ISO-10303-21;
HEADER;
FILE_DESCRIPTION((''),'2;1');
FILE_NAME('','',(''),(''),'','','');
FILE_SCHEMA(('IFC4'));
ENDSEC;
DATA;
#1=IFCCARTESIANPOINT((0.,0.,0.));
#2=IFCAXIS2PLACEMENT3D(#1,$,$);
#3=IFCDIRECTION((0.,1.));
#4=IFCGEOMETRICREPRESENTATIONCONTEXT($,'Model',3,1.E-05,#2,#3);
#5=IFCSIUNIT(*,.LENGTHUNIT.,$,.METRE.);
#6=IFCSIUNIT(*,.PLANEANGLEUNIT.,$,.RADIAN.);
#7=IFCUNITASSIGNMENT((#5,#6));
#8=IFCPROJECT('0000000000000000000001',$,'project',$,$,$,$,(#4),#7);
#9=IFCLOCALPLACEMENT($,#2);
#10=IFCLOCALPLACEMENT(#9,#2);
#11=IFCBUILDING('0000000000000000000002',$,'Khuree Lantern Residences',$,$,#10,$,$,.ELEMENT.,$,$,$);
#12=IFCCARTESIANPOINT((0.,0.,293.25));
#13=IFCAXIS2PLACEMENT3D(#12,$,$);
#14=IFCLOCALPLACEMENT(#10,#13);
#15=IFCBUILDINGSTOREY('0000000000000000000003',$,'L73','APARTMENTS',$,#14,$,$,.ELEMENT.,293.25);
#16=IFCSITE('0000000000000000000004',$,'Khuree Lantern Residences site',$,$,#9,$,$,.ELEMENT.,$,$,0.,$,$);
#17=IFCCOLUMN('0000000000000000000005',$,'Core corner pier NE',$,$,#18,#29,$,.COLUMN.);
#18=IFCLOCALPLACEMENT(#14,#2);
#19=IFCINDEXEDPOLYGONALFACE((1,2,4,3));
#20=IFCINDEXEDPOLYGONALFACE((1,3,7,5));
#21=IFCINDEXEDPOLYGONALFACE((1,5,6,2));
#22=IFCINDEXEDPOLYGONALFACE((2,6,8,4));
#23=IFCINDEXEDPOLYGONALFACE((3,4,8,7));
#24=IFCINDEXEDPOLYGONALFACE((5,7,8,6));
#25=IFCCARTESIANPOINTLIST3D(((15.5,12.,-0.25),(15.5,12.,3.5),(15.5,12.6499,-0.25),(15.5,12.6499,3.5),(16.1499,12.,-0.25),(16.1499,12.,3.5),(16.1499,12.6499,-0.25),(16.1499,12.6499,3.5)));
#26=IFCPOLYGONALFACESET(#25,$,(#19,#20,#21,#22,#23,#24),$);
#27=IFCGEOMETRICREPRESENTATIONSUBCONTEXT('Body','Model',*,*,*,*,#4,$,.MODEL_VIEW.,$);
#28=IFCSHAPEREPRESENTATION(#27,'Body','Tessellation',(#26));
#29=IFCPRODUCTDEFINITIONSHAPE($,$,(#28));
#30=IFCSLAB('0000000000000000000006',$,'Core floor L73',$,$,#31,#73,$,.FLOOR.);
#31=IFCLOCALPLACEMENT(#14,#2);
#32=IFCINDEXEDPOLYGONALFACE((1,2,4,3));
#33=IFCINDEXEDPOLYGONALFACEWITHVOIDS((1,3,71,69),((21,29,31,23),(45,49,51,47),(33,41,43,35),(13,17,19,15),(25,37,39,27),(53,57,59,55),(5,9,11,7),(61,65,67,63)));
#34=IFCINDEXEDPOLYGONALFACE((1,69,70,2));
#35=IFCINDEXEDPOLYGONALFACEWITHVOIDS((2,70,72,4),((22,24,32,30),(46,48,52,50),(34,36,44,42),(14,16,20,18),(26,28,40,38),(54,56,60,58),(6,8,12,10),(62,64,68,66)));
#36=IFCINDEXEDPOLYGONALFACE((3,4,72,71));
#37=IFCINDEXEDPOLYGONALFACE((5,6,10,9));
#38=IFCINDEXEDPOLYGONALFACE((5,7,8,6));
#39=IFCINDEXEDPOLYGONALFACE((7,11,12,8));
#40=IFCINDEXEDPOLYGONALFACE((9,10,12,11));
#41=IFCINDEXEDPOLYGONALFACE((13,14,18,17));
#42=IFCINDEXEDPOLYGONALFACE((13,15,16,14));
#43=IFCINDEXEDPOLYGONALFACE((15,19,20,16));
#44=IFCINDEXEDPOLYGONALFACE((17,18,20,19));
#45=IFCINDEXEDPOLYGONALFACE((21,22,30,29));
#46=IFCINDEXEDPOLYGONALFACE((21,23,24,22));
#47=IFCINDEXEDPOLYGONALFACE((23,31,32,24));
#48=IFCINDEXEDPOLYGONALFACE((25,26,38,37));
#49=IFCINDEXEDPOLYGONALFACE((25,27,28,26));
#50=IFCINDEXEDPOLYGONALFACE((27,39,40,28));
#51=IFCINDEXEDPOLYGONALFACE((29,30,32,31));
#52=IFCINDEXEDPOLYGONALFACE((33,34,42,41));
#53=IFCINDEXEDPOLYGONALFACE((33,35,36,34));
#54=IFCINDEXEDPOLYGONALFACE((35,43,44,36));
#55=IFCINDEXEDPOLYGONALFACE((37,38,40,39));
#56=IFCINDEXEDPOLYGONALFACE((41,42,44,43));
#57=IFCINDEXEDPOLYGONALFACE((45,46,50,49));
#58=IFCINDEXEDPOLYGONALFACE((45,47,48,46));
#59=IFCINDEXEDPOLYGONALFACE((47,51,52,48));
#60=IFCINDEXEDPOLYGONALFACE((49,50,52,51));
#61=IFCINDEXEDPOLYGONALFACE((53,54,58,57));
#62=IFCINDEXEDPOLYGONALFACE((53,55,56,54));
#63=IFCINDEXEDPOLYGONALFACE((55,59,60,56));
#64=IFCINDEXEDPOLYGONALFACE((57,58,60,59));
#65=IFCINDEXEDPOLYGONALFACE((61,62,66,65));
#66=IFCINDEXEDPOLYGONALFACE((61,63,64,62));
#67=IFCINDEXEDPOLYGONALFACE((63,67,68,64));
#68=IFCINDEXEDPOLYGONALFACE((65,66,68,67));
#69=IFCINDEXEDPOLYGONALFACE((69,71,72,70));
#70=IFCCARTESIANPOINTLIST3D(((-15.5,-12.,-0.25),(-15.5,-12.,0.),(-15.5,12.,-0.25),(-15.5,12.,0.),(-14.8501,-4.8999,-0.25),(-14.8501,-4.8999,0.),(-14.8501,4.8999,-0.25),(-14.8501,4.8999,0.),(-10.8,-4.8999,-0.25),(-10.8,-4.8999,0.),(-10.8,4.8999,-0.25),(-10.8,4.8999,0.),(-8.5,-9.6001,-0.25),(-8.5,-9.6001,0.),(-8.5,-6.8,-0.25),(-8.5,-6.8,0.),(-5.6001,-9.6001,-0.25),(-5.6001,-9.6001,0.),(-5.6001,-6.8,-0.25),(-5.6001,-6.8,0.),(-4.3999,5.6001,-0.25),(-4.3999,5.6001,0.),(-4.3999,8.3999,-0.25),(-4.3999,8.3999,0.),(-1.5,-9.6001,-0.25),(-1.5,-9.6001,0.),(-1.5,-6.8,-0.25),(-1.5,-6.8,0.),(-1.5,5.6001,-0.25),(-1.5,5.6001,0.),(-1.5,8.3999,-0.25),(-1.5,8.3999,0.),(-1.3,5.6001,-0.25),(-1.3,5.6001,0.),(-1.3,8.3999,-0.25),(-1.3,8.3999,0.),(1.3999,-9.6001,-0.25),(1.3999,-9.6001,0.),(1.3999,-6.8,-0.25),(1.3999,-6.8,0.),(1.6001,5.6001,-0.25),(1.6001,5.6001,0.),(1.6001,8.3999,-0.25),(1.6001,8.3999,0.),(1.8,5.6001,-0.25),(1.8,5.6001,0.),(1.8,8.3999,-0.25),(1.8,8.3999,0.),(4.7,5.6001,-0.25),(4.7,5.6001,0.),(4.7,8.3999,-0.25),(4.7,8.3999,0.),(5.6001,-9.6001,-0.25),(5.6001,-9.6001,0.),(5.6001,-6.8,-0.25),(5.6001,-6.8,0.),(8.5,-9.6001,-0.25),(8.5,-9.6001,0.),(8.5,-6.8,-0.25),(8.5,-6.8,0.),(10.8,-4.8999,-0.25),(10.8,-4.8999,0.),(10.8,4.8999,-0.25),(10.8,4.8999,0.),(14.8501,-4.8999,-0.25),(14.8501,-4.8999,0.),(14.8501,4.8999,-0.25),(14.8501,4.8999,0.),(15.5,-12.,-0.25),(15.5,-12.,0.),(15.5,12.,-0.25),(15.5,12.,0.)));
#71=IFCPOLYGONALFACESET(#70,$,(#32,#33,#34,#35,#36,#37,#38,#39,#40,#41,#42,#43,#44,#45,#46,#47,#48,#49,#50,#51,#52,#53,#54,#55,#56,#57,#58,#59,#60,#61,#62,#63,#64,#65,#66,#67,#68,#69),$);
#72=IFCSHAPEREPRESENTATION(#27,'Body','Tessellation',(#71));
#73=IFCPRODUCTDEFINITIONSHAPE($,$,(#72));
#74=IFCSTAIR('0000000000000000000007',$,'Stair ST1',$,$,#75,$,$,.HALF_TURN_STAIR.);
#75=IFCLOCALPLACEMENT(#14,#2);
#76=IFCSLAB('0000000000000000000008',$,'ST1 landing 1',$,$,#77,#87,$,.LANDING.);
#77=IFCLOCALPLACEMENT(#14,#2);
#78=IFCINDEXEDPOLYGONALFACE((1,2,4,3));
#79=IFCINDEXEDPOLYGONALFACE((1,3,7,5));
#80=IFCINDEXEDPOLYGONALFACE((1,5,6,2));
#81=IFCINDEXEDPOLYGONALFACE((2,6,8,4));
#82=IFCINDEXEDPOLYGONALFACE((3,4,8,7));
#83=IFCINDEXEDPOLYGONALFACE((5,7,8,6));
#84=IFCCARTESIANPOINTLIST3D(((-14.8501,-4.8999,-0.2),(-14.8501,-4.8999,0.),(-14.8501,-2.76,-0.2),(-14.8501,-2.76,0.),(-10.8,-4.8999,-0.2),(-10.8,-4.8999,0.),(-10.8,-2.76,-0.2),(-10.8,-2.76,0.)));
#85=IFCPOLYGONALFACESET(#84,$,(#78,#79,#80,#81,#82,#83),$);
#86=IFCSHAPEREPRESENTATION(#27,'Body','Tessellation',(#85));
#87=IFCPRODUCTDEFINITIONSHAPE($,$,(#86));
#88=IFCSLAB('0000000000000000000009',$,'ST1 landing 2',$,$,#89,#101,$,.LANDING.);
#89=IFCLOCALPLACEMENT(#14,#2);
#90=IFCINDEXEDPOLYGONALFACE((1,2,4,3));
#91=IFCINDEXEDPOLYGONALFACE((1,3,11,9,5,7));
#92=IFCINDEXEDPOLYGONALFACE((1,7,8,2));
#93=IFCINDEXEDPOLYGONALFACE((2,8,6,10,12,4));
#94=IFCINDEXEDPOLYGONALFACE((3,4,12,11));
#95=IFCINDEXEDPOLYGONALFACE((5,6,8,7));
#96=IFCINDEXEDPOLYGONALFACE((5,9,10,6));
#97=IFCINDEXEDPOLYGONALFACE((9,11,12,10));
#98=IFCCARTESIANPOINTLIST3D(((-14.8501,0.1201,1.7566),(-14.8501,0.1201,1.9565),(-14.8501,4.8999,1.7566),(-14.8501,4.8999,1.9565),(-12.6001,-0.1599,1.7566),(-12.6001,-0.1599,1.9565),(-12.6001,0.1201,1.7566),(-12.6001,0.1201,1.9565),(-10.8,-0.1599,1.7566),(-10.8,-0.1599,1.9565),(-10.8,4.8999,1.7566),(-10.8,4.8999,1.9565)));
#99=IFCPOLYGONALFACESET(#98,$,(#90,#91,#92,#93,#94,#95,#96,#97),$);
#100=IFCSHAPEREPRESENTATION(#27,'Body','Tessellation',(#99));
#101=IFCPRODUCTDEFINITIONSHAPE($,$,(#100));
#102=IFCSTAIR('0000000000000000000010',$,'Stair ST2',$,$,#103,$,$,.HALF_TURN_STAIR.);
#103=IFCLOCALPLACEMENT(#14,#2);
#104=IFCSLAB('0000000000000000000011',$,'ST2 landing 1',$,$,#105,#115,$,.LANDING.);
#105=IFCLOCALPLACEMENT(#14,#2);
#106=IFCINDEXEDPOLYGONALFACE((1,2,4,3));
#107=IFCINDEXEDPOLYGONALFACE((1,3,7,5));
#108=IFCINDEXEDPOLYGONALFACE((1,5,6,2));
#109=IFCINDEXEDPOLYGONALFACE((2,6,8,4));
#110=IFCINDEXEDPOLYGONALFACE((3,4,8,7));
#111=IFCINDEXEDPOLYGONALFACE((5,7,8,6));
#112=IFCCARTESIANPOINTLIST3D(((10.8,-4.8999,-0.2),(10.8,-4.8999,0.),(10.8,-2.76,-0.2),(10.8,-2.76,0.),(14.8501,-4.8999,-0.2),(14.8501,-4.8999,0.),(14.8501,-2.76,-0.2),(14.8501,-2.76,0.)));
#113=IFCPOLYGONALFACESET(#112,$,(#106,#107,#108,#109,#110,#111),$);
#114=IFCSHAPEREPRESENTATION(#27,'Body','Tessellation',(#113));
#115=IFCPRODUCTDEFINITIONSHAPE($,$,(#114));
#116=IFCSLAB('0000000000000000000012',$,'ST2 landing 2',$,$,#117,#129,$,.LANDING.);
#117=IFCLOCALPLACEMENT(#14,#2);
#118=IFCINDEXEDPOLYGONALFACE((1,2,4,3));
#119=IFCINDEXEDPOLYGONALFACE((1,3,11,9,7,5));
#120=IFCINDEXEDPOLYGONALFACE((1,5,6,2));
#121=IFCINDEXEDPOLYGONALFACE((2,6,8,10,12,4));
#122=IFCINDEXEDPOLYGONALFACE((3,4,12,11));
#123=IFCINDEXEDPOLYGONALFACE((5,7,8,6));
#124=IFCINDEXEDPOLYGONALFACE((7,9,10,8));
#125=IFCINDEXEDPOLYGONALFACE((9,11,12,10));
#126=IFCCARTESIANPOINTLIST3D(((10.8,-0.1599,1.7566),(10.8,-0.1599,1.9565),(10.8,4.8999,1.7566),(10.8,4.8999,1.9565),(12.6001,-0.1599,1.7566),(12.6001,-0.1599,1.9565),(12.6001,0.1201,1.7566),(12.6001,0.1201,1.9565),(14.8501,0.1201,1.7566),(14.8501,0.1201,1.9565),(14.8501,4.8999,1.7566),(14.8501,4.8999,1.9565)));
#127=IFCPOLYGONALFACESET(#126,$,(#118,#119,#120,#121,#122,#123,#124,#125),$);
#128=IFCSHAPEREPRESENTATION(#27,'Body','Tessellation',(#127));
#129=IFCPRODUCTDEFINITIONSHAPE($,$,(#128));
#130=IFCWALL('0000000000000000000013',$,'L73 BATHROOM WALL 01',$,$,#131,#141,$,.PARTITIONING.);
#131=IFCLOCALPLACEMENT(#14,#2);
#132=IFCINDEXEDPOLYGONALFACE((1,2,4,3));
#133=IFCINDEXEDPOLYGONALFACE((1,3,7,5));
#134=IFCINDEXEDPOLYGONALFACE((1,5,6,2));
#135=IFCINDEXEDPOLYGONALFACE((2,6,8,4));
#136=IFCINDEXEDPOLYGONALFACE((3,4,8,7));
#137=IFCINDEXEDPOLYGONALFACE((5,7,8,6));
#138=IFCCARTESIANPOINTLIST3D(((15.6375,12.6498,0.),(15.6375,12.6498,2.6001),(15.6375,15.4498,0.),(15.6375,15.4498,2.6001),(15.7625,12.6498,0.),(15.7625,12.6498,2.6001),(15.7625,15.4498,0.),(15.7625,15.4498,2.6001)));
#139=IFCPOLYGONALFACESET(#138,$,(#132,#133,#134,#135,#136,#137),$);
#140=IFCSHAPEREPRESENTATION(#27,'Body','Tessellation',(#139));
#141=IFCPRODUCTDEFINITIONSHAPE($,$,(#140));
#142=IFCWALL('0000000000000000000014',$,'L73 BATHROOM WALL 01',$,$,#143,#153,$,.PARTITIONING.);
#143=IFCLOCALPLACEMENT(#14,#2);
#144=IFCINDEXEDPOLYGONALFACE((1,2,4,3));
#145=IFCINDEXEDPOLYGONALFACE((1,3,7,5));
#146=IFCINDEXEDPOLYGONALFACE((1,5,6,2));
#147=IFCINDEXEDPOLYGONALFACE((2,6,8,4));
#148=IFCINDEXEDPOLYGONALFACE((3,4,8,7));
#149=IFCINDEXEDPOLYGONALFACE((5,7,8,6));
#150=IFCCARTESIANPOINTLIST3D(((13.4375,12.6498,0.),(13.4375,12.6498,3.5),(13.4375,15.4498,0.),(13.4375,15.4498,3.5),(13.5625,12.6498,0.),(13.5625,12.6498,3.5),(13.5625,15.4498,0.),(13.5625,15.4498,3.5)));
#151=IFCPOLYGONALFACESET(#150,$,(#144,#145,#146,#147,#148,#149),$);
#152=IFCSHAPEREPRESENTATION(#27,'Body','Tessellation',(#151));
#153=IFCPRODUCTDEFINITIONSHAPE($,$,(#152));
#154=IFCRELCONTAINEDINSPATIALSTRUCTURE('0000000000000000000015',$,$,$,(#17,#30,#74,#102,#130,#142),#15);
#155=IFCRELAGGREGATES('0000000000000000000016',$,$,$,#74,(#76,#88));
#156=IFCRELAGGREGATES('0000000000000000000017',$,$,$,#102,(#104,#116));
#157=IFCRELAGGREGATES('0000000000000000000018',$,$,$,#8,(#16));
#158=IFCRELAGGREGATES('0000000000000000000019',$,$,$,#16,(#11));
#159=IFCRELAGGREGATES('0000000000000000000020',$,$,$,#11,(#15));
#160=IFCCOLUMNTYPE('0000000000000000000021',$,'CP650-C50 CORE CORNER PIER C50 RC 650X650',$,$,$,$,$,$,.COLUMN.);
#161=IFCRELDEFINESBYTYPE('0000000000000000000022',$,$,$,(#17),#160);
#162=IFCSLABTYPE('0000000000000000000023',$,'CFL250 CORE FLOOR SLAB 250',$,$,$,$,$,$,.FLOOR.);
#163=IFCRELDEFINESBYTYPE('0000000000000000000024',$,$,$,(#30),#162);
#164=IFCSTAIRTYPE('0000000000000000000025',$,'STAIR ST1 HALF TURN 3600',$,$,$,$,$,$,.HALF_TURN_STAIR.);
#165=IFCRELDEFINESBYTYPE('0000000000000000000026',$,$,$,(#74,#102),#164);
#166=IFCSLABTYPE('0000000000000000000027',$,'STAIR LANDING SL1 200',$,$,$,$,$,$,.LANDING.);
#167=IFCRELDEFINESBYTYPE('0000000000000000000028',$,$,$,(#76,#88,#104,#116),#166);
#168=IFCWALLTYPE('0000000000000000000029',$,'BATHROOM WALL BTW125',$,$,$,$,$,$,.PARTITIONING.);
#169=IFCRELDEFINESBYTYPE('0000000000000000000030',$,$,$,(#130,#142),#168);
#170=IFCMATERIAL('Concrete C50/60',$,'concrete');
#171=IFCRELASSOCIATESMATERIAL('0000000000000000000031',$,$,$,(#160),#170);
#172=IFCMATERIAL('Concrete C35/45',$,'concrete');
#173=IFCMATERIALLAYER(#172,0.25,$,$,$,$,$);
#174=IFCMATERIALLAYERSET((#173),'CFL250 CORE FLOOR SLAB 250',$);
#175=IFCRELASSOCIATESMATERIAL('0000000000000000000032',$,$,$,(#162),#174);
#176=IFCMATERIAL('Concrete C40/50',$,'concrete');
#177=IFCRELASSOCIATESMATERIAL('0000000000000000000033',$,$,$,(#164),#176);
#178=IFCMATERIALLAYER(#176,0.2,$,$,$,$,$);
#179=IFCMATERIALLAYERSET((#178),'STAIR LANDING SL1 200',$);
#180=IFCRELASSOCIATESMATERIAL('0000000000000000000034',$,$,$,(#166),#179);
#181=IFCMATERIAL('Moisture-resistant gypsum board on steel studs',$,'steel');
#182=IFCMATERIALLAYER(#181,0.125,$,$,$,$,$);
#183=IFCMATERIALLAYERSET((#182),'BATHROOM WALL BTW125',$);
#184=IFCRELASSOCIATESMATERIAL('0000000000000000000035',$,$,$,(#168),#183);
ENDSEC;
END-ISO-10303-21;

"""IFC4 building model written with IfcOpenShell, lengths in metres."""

from ifc_helpers import new_model, si_unit, direction, frame, frame_2d, origin, origin_2d, place, context, subcontext, project, spatial, polyline, rectangle, outline, extrude, material, layer, layer_set, material_profile, profile_set, type_object, element, aggregate, save


model = new_model("IFC4")

# Units and contexts
model_context = context("Model", 3, precision=1e-05, world=origin(), true_north=direction((0.0, 1.0)))
body_context = subcontext(model_context, "Body", "Model", "MODEL_VIEW")
ifc_project = project(units=[si_unit("LENGTHUNIT", "METRE"), si_unit("PLANEANGLEUNIT", "RADIAN")], contexts=[model_context])

# Site, building, storey
site_placement = place(None, origin())
site = spatial("IfcSite", under=ifc_project, at=site_placement, Name="Khuree Lantern Residences site", CompositionType="ELEMENT", RefElevation=0.0)
building_placement = place(site_placement, origin())
building = spatial("IfcBuilding", under=site, at=building_placement, Name="Khuree Lantern Residences", CompositionType="ELEMENT")
storey_placement = place(building_placement, frame((0.0, 0.0, 293.25)))
storey = spatial("IfcBuildingStorey", under=building, at=storey_placement, Name="L73", Description="APARTMENTS", CompositionType="ELEMENT", Elevation=293.25)

# Column
ifc_material_1 = material(Name="Concrete C50/60", Category="concrete")
ifc_material_profile = material_profile(ifc_material_1, rectangle(XDim=0.6499, YDim=0.6499, at=origin_2d()), Name="RC 650X650")
ifc_profile_set = profile_set([ifc_material_profile], Name="Concrete C50/60")
column_type = type_object("IfcColumnType", Name="CP650-C50 CORE CORNER PIER C50 RC 650X650", PredefinedType="COLUMN", material=ifc_profile_set)
column_placement = place(storey_placement, frame((15.825, 12.325, -0.25), z_axis=(0.0, 0.0, 1.0), x_axis=(1.0, 0.0, 0.0)))
element("IfcColumn", 1, at=column_placement, inside=storey, type_object=column_type, Name="Core corner pier NE", PredefinedType="COLUMN", context=body_context, shape_type="SweptSolid", body=[
    extrude(rectangle(XDim=0.6499, YDim=0.6499, at=origin_2d()), origin(), (0.0, 0.0, 1.0), 3.75),
])

# Slab
ifc_material_2 = material(Name="Concrete C35/45", Category="concrete")
ifc_layer_1 = layer(ifc_material_2, 0.25)
ifc_layer_set_1 = layer_set([ifc_layer_1], Name="CFL250 CORE FLOOR SLAB 250")
slab_type_1 = type_object("IfcSlabType", Name="CFL250 CORE FLOOR SLAB 250", PredefinedType="FLOOR", material=ifc_layer_set_1)
slab_1_placement = place(storey_placement, frame((0.0, 0.0, -0.25)))
element("IfcSlab", 2, at=slab_1_placement, inside=storey, type_object=slab_type_1, Name="Core floor L73", PredefinedType="FLOOR", context=body_context, shape_type="SweptSolid", body=[
    extrude(outline(polyline([(-15.5, -12.0), (-15.5, 12.0), (15.5, 12.0), (15.5, -12.0), (-15.5, -12.0)]), holes=[polyline([(10.8, 4.8999), (10.8, -4.8999), (14.8501, -4.8999), (14.8501, 4.8999), (10.8, 4.8999)]), polyline([(5.6001, -6.8), (5.6001, -9.6001), (8.5, -9.6001), (8.5, -6.8), (5.6001, -6.8)]), polyline([(1.8, 8.3999), (1.8, 5.6001), (4.7, 5.6001), (4.7, 8.3999), (1.8, 8.3999)]), polyline([(-1.3, 8.3999), (-1.3, 5.6001), (1.6001, 5.6001), (1.6001, 8.3999), (-1.3, 8.3999)]), polyline([(-1.5, -6.8), (-1.5, -9.6001), (1.3999, -9.6001), (1.3999, -6.8), (-1.5, -6.8)]), polyline([(-4.3999, 8.3999), (-4.3999, 5.6001), (-1.5, 5.6001), (-1.5, 8.3999), (-4.3999, 8.3999)]), polyline([(-8.5, -6.8), (-8.5, -9.6001), (-5.6001, -9.6001), (-5.6001, -6.8), (-8.5, -6.8)]), polyline([(-14.8501, 4.8999), (-14.8501, -4.8999), (-10.8, -4.8999), (-10.8, 4.8999), (-14.8501, 4.8999)])]), origin(), (0.0, 0.0, 1.0), 0.25),
])

# Stairs, slabs
ifc_material_3 = material(Name="Concrete C40/50", Category="concrete")
stair_type = type_object("IfcStairType", Name="STAIR ST1 HALF TURN 3600", PredefinedType="HALF_TURN_STAIR", material=ifc_material_3)
stair_1_placement = place(storey_placement, origin())
stair_1 = element("IfcStair", 3, at=stair_1_placement, inside=storey, type_object=stair_type, Name="Stair ST1", PredefinedType="HALF_TURN_STAIR")
ifc_layer_2 = layer(ifc_material_3, 0.2)
ifc_layer_set_2 = layer_set([ifc_layer_2], Name="STAIR LANDING SL1 200")
slab_type_2 = type_object("IfcSlabType", Name="STAIR LANDING SL1 200", PredefinedType="LANDING", material=ifc_layer_set_2)
slab_2_placement = place(storey_placement, frame((0.0, 0.0, -0.2)))
slab_2 = element("IfcSlab", 4, at=slab_2_placement, type_object=slab_type_2, Name="ST1 landing 1", PredefinedType="LANDING", context=body_context, shape_type="SweptSolid", body=[
    extrude(outline(polyline([(-14.8501, -4.8999), (-10.8, -4.8999), (-10.8, -2.76), (-14.8501, -2.76), (-14.8501, -4.8999)])), origin(), (0.0, 0.0, 1.0), 0.2),
])
slab_3_placement = place(storey_placement, frame((0.0, 0.0, 1.7566)))
slab_3 = element("IfcSlab", 5, at=slab_3_placement, type_object=slab_type_2, Name="ST1 landing 2", PredefinedType="LANDING", context=body_context, shape_type="SweptSolid", body=[
    extrude(outline(polyline([(-14.8501, 0.1201), (-14.8501, 4.8999), (-10.8, 4.8999), (-10.8, -0.1599), (-12.6001, -0.1599), (-12.6001, 0.1201), (-14.8501, 0.1201)])), origin(), (0.0, 0.0, 1.0), 0.2),
])
aggregate(stair_1, [slab_2, slab_3])
stair_2_placement = place(storey_placement, origin())
stair_2 = element("IfcStair", 6, at=stair_2_placement, inside=storey, type_object=stair_type, Name="Stair ST2", PredefinedType="HALF_TURN_STAIR")
slab_4_placement = place(storey_placement, frame((0.0, 0.0, -0.2)))
slab_4 = element("IfcSlab", 7, at=slab_4_placement, type_object=slab_type_2, Name="ST2 landing 1", PredefinedType="LANDING", context=body_context, shape_type="SweptSolid", body=[
    extrude(outline(polyline([(10.8, -4.8999), (14.8501, -4.8999), (14.8501, -2.76), (10.8, -2.76), (10.8, -4.8999)])), origin(), (0.0, 0.0, 1.0), 0.2),
])
slab_5_placement = place(storey_placement, frame((0.0, 0.0, 1.7566)))
slab_5 = element("IfcSlab", 8, at=slab_5_placement, type_object=slab_type_2, Name="ST2 landing 2", PredefinedType="LANDING", context=body_context, shape_type="SweptSolid", body=[
    extrude(outline(polyline([(14.8501, 4.8999), (14.8501, 0.1201), (12.6001, 0.1201), (12.6001, -0.1599), (10.8, -0.1599), (10.8, 4.8999), (14.8501, 4.8999)])), origin(), (0.0, 0.0, 1.0), 0.2),
])
aggregate(stair_2, [slab_4, slab_5])

# Walls
ifc_material_4 = material(Name="Moisture-resistant gypsum board on steel studs", Category="steel")
ifc_layer_3 = layer(ifc_material_4, 0.125)
ifc_layer_set_3 = layer_set([ifc_layer_3], Name="BATHROOM WALL BTW125")
wall_type_1 = type_object("IfcWallType", Name="BATHROOM WALL BTW125", PredefinedType="PARTITIONING", material=ifc_layer_set_3)
wall_1_placement = place(storey_placement, frame((15.7, 12.6499, 0.0), z_axis=(0.0, 0.0, 1.0), x_axis=(0.0, 1.0, 0.0)))
element("IfcWall", 9, at=wall_1_placement, inside=storey, type_object=wall_type_1, Name="L73 BATHROOM WALL 01", PredefinedType="PARTITIONING", context=body_context, shape_type="SweptSolid", body=[
    extrude(rectangle(XDim=2.8, YDim=0.125, at=frame_2d((1.3999, 0.0))), origin(), (0.0, 0.0, 1.0), 2.6001),
])
wall_2_placement = place(storey_placement, frame((13.5, 12.6499, 0.0), z_axis=(0.0, 0.0, 1.0), x_axis=(0.0, 1.0, 0.0)))
element("IfcWall", 10, at=wall_2_placement, inside=storey, type_object=wall_type_1, Name="L73 BATHROOM WALL 01", PredefinedType="PARTITIONING", context=body_context, shape_type="SweptSolid", body=[
    extrude(rectangle(XDim=2.8, YDim=0.125, at=frame_2d((1.3999, 0.0))), origin(), (0.0, 0.0, 1.0), 3.5),
])

save(model, "model.ifc")
